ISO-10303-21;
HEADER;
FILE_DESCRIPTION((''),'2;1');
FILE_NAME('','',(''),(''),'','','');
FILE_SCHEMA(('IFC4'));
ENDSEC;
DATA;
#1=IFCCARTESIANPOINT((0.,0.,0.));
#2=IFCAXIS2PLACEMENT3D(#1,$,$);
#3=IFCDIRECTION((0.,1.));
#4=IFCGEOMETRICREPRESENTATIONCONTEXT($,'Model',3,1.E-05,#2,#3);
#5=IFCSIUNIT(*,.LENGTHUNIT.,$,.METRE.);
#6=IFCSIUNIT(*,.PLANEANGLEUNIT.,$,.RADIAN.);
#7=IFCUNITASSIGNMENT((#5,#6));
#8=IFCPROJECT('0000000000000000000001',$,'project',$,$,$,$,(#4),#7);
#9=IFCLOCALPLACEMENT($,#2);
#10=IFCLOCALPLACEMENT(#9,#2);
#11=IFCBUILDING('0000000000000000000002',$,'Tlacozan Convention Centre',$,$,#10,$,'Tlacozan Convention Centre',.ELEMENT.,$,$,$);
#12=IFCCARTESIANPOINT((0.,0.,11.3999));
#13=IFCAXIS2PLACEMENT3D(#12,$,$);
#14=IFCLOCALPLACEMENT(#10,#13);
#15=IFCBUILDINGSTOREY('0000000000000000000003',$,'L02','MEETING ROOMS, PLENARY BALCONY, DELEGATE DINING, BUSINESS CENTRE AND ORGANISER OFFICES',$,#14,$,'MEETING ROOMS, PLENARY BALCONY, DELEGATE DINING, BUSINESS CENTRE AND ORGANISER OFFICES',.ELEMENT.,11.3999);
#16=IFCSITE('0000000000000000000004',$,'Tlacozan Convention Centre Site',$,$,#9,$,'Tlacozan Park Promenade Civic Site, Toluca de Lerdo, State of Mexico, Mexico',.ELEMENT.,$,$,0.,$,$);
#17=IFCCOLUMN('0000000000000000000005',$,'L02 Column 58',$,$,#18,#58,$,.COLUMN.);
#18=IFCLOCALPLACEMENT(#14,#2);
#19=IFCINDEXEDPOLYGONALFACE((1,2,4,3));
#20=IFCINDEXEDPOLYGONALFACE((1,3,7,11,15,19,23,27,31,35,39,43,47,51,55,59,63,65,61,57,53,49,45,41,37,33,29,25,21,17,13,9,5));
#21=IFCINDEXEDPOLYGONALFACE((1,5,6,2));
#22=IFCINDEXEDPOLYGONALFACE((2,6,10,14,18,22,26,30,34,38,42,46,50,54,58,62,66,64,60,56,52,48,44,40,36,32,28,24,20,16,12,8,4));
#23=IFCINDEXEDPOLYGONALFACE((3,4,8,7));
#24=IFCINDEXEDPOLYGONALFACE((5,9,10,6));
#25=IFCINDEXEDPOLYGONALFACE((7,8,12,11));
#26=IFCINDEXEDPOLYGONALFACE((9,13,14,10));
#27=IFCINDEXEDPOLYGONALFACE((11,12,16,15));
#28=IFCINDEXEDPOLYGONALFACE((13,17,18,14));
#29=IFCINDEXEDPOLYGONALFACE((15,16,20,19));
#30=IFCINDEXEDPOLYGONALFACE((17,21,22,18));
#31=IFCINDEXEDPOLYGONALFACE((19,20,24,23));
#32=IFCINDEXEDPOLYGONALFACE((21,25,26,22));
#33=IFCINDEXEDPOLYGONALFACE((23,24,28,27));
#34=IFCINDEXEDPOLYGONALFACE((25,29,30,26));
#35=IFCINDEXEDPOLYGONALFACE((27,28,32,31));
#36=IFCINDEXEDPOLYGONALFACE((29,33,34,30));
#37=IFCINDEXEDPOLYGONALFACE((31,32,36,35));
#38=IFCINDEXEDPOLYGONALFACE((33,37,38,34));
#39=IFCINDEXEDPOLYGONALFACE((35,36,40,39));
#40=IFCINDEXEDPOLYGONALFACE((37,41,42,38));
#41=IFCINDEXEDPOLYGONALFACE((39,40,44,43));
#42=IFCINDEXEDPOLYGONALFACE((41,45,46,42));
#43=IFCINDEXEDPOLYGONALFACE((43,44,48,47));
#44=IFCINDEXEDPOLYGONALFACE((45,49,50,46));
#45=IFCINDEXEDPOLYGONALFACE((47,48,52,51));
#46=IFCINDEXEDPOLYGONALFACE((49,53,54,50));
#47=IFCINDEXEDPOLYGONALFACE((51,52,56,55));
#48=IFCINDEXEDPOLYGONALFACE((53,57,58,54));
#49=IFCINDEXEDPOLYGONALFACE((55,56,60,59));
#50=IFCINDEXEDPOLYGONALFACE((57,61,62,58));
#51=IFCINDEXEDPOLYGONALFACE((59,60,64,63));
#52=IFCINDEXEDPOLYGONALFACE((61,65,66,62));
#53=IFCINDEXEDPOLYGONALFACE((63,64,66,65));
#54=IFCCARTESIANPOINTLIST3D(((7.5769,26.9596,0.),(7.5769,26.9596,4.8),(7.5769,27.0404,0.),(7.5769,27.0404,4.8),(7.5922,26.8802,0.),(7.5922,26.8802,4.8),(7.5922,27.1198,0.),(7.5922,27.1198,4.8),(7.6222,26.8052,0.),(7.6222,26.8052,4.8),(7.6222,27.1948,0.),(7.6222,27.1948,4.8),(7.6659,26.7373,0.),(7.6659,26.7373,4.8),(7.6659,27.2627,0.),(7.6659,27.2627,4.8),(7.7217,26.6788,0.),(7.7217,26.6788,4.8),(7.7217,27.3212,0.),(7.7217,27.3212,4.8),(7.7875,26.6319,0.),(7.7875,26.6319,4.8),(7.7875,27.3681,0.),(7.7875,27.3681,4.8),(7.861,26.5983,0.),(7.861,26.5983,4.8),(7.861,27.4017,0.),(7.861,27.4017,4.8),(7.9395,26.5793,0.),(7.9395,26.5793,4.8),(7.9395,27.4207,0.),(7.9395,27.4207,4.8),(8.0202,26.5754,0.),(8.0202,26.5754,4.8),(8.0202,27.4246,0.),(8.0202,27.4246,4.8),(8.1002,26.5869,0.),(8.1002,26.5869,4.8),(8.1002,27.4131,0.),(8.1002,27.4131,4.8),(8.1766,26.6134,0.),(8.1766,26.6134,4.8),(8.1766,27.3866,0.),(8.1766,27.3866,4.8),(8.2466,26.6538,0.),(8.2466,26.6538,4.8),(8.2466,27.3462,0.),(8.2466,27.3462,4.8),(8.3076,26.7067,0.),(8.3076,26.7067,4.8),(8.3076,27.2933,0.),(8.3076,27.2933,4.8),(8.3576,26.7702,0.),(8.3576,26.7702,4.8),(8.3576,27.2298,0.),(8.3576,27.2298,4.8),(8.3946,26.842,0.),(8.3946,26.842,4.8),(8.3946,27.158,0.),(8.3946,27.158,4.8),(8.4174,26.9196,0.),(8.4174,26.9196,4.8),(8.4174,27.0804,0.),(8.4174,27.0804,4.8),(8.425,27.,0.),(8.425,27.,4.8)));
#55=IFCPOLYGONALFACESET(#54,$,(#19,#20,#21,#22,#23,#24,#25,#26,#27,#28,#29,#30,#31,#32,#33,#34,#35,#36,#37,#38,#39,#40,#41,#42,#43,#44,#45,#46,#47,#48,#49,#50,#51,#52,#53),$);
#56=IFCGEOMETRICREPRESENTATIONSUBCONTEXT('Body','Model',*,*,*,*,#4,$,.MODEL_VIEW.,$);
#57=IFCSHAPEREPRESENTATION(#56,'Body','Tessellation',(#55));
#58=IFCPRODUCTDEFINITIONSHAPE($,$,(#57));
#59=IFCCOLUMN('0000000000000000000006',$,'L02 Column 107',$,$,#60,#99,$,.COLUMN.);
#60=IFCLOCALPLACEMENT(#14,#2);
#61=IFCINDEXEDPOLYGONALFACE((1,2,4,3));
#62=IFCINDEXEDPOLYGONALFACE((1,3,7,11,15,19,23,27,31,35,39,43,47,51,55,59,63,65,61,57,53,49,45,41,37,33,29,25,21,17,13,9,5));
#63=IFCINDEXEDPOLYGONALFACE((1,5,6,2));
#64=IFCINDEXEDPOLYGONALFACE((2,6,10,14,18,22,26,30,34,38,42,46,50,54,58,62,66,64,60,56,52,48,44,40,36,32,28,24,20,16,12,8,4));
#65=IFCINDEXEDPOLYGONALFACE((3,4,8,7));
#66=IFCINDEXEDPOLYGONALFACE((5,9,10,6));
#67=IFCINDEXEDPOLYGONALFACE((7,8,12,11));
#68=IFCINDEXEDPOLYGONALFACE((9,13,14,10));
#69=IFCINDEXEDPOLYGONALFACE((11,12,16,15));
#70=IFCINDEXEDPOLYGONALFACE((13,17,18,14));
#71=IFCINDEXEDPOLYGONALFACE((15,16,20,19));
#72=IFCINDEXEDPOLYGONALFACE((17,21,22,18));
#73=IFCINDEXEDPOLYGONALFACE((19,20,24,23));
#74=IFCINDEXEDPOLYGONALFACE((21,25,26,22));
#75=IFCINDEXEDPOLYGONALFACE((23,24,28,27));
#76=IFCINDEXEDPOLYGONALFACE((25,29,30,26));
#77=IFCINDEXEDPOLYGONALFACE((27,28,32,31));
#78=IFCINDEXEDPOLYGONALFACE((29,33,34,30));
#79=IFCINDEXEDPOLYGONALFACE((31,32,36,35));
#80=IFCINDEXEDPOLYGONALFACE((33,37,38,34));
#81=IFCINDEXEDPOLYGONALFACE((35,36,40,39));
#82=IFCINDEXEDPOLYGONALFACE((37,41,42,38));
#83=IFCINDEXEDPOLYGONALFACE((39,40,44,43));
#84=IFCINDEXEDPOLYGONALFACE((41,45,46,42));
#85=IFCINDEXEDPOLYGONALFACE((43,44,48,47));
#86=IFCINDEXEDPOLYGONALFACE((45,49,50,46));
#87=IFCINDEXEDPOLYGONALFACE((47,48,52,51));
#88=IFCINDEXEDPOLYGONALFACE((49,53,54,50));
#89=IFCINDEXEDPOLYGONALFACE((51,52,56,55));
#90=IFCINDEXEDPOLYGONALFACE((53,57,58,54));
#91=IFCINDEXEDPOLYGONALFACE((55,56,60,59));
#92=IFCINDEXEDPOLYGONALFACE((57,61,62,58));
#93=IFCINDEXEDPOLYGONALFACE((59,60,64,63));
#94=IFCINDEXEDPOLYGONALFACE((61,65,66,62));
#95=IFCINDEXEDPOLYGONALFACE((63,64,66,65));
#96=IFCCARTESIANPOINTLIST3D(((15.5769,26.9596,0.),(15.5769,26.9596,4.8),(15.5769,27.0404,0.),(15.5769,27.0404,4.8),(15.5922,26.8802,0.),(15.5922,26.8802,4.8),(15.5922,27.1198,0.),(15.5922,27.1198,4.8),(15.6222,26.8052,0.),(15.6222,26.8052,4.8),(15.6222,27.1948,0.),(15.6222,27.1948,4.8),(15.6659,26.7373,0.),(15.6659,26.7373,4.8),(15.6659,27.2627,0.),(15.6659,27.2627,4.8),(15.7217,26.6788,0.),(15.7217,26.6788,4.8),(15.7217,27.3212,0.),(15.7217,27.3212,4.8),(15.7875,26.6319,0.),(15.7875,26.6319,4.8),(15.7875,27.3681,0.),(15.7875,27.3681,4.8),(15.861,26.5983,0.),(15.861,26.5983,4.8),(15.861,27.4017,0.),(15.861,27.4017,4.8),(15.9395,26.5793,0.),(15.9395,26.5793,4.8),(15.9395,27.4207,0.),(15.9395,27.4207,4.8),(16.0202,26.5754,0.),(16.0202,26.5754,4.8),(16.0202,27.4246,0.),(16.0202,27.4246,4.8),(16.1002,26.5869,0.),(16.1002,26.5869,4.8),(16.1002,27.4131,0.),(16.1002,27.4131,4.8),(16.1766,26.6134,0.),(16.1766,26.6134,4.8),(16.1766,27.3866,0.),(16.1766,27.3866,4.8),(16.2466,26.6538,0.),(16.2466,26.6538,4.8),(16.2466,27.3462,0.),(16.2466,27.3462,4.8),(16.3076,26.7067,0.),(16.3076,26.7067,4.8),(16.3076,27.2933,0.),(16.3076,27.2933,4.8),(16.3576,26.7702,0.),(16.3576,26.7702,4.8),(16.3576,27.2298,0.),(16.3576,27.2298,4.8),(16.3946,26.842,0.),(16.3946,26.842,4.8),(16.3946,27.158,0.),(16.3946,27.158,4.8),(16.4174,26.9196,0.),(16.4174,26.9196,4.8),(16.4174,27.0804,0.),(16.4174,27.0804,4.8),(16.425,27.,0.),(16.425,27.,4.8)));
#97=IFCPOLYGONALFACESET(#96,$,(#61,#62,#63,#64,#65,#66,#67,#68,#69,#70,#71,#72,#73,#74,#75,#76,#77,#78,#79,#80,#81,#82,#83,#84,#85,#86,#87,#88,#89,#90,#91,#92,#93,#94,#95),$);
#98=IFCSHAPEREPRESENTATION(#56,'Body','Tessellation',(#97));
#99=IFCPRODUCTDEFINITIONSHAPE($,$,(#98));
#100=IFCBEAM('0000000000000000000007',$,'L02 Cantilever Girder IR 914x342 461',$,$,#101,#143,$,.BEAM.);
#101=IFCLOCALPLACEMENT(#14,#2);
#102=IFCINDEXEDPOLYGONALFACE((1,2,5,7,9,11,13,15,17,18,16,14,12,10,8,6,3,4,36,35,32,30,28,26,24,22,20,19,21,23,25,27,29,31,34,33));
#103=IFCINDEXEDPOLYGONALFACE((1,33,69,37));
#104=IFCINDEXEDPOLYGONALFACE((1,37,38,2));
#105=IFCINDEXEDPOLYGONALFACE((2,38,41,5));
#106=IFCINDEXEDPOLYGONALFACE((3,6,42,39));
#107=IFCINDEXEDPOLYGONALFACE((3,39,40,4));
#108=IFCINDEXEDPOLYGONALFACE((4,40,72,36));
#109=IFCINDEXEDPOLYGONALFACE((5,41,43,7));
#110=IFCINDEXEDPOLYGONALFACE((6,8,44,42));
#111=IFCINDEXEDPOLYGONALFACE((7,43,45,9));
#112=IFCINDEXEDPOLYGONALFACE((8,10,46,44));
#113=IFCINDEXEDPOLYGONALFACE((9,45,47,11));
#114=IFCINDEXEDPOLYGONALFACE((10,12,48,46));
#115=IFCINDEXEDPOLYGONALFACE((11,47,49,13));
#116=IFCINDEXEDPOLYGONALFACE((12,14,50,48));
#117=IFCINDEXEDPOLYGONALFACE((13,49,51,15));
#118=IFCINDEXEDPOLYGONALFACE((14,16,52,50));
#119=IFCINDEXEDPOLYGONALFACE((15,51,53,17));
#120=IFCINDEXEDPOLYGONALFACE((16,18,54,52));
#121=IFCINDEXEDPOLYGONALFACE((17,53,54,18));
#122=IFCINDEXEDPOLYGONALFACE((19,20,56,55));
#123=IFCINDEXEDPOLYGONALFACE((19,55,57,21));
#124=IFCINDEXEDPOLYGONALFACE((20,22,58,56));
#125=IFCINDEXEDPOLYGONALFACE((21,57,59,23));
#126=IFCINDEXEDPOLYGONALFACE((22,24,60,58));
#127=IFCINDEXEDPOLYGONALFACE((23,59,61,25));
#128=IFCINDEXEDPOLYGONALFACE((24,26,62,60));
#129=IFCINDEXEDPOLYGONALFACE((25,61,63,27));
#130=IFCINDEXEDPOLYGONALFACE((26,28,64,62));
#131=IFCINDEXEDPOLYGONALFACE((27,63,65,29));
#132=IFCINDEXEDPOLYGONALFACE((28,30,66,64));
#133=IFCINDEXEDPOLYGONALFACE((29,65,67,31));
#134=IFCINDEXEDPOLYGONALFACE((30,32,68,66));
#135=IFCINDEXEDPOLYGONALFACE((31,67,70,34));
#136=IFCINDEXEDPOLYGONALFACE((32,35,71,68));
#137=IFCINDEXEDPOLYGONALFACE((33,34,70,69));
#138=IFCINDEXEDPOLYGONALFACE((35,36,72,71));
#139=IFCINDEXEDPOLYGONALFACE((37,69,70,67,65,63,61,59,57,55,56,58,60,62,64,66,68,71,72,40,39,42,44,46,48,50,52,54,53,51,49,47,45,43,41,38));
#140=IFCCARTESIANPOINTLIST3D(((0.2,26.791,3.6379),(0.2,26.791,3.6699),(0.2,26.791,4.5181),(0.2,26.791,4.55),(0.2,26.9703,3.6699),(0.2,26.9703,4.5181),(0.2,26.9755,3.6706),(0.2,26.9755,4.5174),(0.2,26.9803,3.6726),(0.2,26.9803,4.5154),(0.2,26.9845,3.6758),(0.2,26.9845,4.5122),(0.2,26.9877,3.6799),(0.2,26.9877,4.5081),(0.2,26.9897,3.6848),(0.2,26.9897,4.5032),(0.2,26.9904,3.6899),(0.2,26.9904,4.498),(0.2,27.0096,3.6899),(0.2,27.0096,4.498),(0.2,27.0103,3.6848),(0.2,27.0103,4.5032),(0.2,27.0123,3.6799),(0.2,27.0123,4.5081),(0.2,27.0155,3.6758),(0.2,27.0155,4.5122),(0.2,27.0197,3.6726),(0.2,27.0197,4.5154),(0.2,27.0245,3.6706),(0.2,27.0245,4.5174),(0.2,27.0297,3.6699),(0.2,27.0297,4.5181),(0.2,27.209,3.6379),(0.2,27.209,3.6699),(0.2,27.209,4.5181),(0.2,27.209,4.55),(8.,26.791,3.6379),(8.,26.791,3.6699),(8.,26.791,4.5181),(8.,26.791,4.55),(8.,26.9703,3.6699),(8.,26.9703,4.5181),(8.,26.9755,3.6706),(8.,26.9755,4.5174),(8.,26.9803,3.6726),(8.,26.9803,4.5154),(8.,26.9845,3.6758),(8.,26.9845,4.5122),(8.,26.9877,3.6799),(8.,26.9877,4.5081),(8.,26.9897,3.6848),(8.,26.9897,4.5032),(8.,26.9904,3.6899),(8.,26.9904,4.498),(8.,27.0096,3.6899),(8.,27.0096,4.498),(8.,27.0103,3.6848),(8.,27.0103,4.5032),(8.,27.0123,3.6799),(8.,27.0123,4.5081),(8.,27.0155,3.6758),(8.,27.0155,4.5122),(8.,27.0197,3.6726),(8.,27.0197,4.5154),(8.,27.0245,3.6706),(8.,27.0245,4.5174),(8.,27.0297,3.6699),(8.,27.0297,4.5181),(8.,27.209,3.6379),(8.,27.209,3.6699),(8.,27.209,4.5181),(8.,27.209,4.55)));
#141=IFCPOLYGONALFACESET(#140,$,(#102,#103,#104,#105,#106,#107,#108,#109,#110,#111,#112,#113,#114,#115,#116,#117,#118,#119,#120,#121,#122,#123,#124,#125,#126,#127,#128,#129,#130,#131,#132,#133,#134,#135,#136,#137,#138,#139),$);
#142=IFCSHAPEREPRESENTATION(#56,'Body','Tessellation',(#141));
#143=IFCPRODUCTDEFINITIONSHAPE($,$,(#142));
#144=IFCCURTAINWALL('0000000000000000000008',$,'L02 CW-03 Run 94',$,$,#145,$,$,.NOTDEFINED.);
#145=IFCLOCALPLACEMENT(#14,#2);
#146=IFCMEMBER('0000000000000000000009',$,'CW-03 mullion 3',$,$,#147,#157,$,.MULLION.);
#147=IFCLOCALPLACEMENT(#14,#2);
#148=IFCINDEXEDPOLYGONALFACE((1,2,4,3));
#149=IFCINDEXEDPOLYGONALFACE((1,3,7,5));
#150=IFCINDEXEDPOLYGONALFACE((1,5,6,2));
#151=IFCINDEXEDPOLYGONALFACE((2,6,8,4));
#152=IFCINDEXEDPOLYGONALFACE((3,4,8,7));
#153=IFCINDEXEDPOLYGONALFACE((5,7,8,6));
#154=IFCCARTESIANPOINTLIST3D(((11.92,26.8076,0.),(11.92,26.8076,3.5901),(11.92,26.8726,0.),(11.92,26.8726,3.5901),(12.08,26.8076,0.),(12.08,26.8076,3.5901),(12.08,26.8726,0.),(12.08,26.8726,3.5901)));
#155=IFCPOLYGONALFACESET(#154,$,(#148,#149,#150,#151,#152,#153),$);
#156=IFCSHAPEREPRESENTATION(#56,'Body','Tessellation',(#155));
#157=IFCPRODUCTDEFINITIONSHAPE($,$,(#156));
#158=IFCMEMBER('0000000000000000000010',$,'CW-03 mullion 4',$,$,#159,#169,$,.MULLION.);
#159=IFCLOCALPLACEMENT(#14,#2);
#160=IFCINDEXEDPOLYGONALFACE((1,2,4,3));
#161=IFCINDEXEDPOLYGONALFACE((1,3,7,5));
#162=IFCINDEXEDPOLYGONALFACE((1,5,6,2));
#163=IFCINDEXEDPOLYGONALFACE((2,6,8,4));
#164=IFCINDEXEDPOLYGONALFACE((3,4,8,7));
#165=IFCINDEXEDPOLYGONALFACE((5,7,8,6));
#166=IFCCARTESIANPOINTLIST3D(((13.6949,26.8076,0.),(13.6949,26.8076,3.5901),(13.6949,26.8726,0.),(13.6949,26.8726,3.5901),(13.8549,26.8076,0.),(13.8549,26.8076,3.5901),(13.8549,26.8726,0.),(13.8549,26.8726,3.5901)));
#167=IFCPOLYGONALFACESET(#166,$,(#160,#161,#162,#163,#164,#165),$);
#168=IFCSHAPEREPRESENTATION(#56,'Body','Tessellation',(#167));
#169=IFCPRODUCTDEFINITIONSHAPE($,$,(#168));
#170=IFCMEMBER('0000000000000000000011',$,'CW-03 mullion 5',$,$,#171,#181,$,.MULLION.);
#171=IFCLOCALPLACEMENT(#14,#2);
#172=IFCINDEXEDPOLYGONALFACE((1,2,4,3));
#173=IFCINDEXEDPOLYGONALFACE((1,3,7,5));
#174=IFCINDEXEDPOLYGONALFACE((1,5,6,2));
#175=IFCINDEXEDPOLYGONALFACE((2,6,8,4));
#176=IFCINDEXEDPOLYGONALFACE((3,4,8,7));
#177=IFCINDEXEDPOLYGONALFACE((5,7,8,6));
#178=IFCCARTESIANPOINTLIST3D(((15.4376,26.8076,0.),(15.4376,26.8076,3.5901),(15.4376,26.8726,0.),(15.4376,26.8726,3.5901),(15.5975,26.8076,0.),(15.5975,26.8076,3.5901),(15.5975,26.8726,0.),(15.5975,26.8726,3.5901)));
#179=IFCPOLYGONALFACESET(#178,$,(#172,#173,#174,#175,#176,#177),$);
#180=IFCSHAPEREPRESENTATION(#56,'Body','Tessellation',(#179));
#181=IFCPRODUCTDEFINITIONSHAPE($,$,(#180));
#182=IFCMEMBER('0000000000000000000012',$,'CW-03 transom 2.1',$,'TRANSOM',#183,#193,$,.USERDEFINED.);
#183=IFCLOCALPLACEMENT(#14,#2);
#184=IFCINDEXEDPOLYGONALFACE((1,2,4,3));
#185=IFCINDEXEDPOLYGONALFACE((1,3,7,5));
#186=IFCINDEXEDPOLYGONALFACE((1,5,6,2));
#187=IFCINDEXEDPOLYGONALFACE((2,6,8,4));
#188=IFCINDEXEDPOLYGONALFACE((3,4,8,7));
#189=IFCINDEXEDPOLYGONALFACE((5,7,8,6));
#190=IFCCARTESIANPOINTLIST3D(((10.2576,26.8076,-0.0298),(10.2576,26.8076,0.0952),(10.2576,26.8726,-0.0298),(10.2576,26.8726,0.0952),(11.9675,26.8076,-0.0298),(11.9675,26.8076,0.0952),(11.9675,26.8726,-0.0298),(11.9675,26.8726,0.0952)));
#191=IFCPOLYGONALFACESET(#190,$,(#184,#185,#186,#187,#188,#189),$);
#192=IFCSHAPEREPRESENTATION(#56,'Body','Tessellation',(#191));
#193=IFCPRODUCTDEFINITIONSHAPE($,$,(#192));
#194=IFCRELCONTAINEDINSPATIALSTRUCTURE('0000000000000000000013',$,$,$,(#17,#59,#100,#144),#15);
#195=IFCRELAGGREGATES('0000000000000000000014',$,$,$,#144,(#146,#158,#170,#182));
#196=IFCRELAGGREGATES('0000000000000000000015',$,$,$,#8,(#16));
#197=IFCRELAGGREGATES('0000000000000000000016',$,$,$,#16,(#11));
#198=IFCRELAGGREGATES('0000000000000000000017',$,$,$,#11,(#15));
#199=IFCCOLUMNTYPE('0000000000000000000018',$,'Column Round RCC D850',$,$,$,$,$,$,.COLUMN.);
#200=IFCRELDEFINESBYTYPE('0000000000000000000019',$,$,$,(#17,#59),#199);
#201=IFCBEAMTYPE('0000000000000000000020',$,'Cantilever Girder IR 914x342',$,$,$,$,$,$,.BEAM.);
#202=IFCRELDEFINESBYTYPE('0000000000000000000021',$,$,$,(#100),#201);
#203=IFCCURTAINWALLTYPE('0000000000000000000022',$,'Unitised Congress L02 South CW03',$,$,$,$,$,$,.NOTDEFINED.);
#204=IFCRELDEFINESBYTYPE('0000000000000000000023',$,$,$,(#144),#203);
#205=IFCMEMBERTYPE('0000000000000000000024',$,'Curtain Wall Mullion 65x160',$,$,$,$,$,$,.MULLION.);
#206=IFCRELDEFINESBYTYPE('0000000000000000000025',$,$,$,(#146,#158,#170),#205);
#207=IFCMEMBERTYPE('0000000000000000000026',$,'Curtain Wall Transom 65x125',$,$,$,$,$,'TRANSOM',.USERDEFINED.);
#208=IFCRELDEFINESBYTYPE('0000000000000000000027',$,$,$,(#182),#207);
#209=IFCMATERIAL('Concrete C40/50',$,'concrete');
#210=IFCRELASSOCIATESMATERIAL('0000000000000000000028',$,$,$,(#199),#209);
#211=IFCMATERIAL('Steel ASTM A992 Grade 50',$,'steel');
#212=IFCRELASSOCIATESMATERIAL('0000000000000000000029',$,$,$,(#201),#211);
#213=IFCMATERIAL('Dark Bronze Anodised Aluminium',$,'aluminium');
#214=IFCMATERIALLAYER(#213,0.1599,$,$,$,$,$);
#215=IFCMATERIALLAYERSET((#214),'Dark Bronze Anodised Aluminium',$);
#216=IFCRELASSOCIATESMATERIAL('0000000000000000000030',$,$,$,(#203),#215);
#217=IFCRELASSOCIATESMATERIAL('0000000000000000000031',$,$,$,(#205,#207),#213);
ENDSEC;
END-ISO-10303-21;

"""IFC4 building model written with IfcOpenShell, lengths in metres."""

from ifc_helpers import new_model, si_unit, direction, frame, origin, origin_2d, place, context, subcontext, project, spatial, rectangle, circle, i_section, extrude, material, layer, layer_set, material_profile, profile_set, type_object, element, aggregate, save


model = new_model("IFC4")

# Units and contexts
model_context = context("Model", 3, precision=1e-05, world=origin(), true_north=direction((0.0, 1.0)))
body_context = subcontext(model_context, "Body", "Model", "MODEL_VIEW")
ifc_project = project(units=[si_unit("LENGTHUNIT", "METRE"), si_unit("PLANEANGLEUNIT", "RADIAN")], contexts=[model_context])

# Site, building, storey
site_placement = place(None, origin())
site = spatial("IfcSite", under=ifc_project, at=site_placement, Name="Tlacozan Convention Centre Site", LongName="Tlacozan Park Promenade Civic Site, Toluca de Lerdo, State of Mexico, Mexico", CompositionType="ELEMENT", RefElevation=0.0)
building_placement = place(site_placement, origin())
building = spatial("IfcBuilding", under=site, at=building_placement, Name="Tlacozan Convention Centre", LongName="Tlacozan Convention Centre", CompositionType="ELEMENT")
storey_placement = place(building_placement, frame((0.0, 0.0, 11.3999)))
storey = spatial("IfcBuildingStorey", under=building, at=storey_placement, Name="L02", Description="MEETING ROOMS, PLENARY BALCONY, DELEGATE DINING, BUSINESS CENTRE AND ORGANISER OFFICES", LongName="MEETING ROOMS, PLENARY BALCONY, DELEGATE DINING, BUSINESS CENTRE AND ORGANISER OFFICES", CompositionType="ELEMENT", Elevation=11.3999)

# Columns
ifc_material_1 = material(Name="Concrete C40/50", Category="concrete")
ifc_material_profile_1 = material_profile(ifc_material_1, circle(Radius=0.425, at=origin_2d()), Name="RCC D850")
ifc_profile_set_1 = profile_set([ifc_material_profile_1], Name="Concrete C40/50")
column_type = type_object("IfcColumnType", Name="Column Round RCC D850", PredefinedType="COLUMN", material=ifc_profile_set_1)
for number, where, z_axis, x_axis, name in (
    (1, (8.0, 27.0, 0.0), (0.0, 0.0, 1.0), (1.0, 0.0, 0.0), "L02 Column 58"),
    (2, (16.0, 27.0, 0.0), (0.0, 0.0, 1.0), (1.0, 0.0, 0.0), "L02 Column 107"),
):
    element("IfcColumn", number, at=place(storey_placement, frame(where, z_axis=z_axis, x_axis=x_axis)), inside=storey, type_object=column_type, Name=name, PredefinedType="COLUMN", context=body_context, shape_type="SweptSolid", body=[
        extrude(circle(Radius=0.425, at=origin_2d()), origin(), (0.0, 0.0, 1.0), 4.8),
    ])

# Beam
ifc_material_2 = material(Name="Steel ASTM A992 Grade 50", Category="steel")
ifc_material_profile_2 = material_profile(ifc_material_2, i_section(OverallWidth=0.418, OverallDepth=0.9121, WebThickness=0.0193, FlangeThickness=0.032, FilletRadius=0.02, at=origin_2d()), Name="IR 914x342.0")
ifc_profile_set_2 = profile_set([ifc_material_profile_2], Name="Steel ASTM A992 Grade 50")
beam_type = type_object("IfcBeamType", Name="Cantilever Girder IR 914x342", PredefinedType="BEAM", material=ifc_profile_set_2)
beam_placement = place(storey_placement, frame((8.0, 27.0, 4.094), z_axis=(-1.0, 0.0, 0.0), x_axis=(0.0, -1.0, 0.0)))
element("IfcBeam", 3, at=beam_placement, inside=storey, type_object=beam_type, Name="L02 Cantilever Girder IR 914x342 461", PredefinedType="BEAM", context=body_context, shape_type="SweptSolid", body=[
    extrude(i_section(OverallWidth=0.418, OverallDepth=0.9121, WebThickness=0.0193, FlangeThickness=0.032, FilletRadius=0.02, at=origin_2d()), origin(), (0.0, 0.0, 1.0), 7.8),
])

# Curtain wall, members
ifc_material_3 = material(Name="Dark Bronze Anodised Aluminium", Category="aluminium")
ifc_layer_1 = layer(ifc_material_3, 0.1599)
ifc_layer_set_1 = layer_set([ifc_layer_1], Name="Dark Bronze Anodised Aluminium")
curtain_wall_type = type_object("IfcCurtainWallType", Name="Unitised Congress L02 South CW03", PredefinedType="NOTDEFINED", material=ifc_layer_set_1)
curtain_wall_placement = place(storey_placement, origin())
curtain_wall = element("IfcCurtainWall", 4, at=curtain_wall_placement, inside=storey, type_object=curtain_wall_type, Name="L02 CW-03 Run 94", PredefinedType="NOTDEFINED")
ifc_material_profile_3 = material_profile(ifc_material_3, rectangle(XDim=0.0649, YDim=0.1599, at=origin_2d()), Name="ALU 65x160")
ifc_profile_set_3 = profile_set([ifc_material_profile_3], Name="Dark Bronze Anodised Aluminium")
member_type_1 = type_object("IfcMemberType", Name="Curtain Wall Mullion 65x160", PredefinedType="MULLION", material=ifc_profile_set_3)
member_1_placement = place(storey_placement, frame((12.0, 26.8401, 0.0), z_axis=(0.0, 0.0, 1.0), x_axis=(0.0, 1.0, 0.0)))
member_1 = element("IfcMember", 5, at=member_1_placement, type_object=member_type_1, Name="CW-03 mullion 3", PredefinedType="MULLION", context=body_context, shape_type="SweptSolid", body=[
    extrude(rectangle(XDim=0.0649, YDim=0.1599, at=origin_2d()), origin(), (0.0, 0.0, 1.0), 3.5901),
])
member_2_placement = place(storey_placement, frame((13.7749, 26.8401, 0.0), z_axis=(0.0, 0.0, 1.0), x_axis=(0.0, 1.0, 0.0)))
member_2 = element("IfcMember", 6, at=member_2_placement, type_object=member_type_1, Name="CW-03 mullion 4", PredefinedType="MULLION", context=body_context, shape_type="SweptSolid", body=[
    extrude(rectangle(XDim=0.0649, YDim=0.1599, at=origin_2d()), origin(), (0.0, 0.0, 1.0), 3.5901),
])
member_3_placement = place(storey_placement, frame((15.5176, 26.8401, 0.0), z_axis=(0.0, 0.0, 1.0), x_axis=(0.0, 1.0, 0.0)))
member_3 = element("IfcMember", 7, at=member_3_placement, type_object=member_type_1, Name="CW-03 mullion 5", PredefinedType="MULLION", context=body_context, shape_type="SweptSolid", body=[
    extrude(rectangle(XDim=0.0649, YDim=0.1599, at=origin_2d()), origin(), (0.0, 0.0, 1.0), 3.5901),
])
ifc_material_profile_4 = material_profile(ifc_material_3, rectangle(XDim=0.0649, YDim=0.125, at=origin_2d()), Name="ALU 65x125")
ifc_profile_set_4 = profile_set([ifc_material_profile_4], Name="Dark Bronze Anodised Aluminium")
member_type_2 = type_object("IfcMemberType", Name="Curtain Wall Transom 65x125", ElementType="TRANSOM", PredefinedType="USERDEFINED", material=ifc_profile_set_4)
member_4_placement = place(storey_placement, frame((10.2576, 26.8401, 0.0327), z_axis=(1.0, 0.0, 0.0), x_axis=(0.0, 1.0, 0.0)))
member_4 = element("IfcMember", 8, at=member_4_placement, type_object=member_type_2, Name="CW-03 transom 2.1", ObjectType="TRANSOM", PredefinedType="USERDEFINED", context=body_context, shape_type="SweptSolid", body=[
    extrude(rectangle(XDim=0.0649, YDim=0.125, at=origin_2d()), origin(), (0.0, 0.0, 1.0), 1.71),
])
aggregate(curtain_wall, [member_1, member_2, member_3, member_4])

save(model, "model.ifc")
